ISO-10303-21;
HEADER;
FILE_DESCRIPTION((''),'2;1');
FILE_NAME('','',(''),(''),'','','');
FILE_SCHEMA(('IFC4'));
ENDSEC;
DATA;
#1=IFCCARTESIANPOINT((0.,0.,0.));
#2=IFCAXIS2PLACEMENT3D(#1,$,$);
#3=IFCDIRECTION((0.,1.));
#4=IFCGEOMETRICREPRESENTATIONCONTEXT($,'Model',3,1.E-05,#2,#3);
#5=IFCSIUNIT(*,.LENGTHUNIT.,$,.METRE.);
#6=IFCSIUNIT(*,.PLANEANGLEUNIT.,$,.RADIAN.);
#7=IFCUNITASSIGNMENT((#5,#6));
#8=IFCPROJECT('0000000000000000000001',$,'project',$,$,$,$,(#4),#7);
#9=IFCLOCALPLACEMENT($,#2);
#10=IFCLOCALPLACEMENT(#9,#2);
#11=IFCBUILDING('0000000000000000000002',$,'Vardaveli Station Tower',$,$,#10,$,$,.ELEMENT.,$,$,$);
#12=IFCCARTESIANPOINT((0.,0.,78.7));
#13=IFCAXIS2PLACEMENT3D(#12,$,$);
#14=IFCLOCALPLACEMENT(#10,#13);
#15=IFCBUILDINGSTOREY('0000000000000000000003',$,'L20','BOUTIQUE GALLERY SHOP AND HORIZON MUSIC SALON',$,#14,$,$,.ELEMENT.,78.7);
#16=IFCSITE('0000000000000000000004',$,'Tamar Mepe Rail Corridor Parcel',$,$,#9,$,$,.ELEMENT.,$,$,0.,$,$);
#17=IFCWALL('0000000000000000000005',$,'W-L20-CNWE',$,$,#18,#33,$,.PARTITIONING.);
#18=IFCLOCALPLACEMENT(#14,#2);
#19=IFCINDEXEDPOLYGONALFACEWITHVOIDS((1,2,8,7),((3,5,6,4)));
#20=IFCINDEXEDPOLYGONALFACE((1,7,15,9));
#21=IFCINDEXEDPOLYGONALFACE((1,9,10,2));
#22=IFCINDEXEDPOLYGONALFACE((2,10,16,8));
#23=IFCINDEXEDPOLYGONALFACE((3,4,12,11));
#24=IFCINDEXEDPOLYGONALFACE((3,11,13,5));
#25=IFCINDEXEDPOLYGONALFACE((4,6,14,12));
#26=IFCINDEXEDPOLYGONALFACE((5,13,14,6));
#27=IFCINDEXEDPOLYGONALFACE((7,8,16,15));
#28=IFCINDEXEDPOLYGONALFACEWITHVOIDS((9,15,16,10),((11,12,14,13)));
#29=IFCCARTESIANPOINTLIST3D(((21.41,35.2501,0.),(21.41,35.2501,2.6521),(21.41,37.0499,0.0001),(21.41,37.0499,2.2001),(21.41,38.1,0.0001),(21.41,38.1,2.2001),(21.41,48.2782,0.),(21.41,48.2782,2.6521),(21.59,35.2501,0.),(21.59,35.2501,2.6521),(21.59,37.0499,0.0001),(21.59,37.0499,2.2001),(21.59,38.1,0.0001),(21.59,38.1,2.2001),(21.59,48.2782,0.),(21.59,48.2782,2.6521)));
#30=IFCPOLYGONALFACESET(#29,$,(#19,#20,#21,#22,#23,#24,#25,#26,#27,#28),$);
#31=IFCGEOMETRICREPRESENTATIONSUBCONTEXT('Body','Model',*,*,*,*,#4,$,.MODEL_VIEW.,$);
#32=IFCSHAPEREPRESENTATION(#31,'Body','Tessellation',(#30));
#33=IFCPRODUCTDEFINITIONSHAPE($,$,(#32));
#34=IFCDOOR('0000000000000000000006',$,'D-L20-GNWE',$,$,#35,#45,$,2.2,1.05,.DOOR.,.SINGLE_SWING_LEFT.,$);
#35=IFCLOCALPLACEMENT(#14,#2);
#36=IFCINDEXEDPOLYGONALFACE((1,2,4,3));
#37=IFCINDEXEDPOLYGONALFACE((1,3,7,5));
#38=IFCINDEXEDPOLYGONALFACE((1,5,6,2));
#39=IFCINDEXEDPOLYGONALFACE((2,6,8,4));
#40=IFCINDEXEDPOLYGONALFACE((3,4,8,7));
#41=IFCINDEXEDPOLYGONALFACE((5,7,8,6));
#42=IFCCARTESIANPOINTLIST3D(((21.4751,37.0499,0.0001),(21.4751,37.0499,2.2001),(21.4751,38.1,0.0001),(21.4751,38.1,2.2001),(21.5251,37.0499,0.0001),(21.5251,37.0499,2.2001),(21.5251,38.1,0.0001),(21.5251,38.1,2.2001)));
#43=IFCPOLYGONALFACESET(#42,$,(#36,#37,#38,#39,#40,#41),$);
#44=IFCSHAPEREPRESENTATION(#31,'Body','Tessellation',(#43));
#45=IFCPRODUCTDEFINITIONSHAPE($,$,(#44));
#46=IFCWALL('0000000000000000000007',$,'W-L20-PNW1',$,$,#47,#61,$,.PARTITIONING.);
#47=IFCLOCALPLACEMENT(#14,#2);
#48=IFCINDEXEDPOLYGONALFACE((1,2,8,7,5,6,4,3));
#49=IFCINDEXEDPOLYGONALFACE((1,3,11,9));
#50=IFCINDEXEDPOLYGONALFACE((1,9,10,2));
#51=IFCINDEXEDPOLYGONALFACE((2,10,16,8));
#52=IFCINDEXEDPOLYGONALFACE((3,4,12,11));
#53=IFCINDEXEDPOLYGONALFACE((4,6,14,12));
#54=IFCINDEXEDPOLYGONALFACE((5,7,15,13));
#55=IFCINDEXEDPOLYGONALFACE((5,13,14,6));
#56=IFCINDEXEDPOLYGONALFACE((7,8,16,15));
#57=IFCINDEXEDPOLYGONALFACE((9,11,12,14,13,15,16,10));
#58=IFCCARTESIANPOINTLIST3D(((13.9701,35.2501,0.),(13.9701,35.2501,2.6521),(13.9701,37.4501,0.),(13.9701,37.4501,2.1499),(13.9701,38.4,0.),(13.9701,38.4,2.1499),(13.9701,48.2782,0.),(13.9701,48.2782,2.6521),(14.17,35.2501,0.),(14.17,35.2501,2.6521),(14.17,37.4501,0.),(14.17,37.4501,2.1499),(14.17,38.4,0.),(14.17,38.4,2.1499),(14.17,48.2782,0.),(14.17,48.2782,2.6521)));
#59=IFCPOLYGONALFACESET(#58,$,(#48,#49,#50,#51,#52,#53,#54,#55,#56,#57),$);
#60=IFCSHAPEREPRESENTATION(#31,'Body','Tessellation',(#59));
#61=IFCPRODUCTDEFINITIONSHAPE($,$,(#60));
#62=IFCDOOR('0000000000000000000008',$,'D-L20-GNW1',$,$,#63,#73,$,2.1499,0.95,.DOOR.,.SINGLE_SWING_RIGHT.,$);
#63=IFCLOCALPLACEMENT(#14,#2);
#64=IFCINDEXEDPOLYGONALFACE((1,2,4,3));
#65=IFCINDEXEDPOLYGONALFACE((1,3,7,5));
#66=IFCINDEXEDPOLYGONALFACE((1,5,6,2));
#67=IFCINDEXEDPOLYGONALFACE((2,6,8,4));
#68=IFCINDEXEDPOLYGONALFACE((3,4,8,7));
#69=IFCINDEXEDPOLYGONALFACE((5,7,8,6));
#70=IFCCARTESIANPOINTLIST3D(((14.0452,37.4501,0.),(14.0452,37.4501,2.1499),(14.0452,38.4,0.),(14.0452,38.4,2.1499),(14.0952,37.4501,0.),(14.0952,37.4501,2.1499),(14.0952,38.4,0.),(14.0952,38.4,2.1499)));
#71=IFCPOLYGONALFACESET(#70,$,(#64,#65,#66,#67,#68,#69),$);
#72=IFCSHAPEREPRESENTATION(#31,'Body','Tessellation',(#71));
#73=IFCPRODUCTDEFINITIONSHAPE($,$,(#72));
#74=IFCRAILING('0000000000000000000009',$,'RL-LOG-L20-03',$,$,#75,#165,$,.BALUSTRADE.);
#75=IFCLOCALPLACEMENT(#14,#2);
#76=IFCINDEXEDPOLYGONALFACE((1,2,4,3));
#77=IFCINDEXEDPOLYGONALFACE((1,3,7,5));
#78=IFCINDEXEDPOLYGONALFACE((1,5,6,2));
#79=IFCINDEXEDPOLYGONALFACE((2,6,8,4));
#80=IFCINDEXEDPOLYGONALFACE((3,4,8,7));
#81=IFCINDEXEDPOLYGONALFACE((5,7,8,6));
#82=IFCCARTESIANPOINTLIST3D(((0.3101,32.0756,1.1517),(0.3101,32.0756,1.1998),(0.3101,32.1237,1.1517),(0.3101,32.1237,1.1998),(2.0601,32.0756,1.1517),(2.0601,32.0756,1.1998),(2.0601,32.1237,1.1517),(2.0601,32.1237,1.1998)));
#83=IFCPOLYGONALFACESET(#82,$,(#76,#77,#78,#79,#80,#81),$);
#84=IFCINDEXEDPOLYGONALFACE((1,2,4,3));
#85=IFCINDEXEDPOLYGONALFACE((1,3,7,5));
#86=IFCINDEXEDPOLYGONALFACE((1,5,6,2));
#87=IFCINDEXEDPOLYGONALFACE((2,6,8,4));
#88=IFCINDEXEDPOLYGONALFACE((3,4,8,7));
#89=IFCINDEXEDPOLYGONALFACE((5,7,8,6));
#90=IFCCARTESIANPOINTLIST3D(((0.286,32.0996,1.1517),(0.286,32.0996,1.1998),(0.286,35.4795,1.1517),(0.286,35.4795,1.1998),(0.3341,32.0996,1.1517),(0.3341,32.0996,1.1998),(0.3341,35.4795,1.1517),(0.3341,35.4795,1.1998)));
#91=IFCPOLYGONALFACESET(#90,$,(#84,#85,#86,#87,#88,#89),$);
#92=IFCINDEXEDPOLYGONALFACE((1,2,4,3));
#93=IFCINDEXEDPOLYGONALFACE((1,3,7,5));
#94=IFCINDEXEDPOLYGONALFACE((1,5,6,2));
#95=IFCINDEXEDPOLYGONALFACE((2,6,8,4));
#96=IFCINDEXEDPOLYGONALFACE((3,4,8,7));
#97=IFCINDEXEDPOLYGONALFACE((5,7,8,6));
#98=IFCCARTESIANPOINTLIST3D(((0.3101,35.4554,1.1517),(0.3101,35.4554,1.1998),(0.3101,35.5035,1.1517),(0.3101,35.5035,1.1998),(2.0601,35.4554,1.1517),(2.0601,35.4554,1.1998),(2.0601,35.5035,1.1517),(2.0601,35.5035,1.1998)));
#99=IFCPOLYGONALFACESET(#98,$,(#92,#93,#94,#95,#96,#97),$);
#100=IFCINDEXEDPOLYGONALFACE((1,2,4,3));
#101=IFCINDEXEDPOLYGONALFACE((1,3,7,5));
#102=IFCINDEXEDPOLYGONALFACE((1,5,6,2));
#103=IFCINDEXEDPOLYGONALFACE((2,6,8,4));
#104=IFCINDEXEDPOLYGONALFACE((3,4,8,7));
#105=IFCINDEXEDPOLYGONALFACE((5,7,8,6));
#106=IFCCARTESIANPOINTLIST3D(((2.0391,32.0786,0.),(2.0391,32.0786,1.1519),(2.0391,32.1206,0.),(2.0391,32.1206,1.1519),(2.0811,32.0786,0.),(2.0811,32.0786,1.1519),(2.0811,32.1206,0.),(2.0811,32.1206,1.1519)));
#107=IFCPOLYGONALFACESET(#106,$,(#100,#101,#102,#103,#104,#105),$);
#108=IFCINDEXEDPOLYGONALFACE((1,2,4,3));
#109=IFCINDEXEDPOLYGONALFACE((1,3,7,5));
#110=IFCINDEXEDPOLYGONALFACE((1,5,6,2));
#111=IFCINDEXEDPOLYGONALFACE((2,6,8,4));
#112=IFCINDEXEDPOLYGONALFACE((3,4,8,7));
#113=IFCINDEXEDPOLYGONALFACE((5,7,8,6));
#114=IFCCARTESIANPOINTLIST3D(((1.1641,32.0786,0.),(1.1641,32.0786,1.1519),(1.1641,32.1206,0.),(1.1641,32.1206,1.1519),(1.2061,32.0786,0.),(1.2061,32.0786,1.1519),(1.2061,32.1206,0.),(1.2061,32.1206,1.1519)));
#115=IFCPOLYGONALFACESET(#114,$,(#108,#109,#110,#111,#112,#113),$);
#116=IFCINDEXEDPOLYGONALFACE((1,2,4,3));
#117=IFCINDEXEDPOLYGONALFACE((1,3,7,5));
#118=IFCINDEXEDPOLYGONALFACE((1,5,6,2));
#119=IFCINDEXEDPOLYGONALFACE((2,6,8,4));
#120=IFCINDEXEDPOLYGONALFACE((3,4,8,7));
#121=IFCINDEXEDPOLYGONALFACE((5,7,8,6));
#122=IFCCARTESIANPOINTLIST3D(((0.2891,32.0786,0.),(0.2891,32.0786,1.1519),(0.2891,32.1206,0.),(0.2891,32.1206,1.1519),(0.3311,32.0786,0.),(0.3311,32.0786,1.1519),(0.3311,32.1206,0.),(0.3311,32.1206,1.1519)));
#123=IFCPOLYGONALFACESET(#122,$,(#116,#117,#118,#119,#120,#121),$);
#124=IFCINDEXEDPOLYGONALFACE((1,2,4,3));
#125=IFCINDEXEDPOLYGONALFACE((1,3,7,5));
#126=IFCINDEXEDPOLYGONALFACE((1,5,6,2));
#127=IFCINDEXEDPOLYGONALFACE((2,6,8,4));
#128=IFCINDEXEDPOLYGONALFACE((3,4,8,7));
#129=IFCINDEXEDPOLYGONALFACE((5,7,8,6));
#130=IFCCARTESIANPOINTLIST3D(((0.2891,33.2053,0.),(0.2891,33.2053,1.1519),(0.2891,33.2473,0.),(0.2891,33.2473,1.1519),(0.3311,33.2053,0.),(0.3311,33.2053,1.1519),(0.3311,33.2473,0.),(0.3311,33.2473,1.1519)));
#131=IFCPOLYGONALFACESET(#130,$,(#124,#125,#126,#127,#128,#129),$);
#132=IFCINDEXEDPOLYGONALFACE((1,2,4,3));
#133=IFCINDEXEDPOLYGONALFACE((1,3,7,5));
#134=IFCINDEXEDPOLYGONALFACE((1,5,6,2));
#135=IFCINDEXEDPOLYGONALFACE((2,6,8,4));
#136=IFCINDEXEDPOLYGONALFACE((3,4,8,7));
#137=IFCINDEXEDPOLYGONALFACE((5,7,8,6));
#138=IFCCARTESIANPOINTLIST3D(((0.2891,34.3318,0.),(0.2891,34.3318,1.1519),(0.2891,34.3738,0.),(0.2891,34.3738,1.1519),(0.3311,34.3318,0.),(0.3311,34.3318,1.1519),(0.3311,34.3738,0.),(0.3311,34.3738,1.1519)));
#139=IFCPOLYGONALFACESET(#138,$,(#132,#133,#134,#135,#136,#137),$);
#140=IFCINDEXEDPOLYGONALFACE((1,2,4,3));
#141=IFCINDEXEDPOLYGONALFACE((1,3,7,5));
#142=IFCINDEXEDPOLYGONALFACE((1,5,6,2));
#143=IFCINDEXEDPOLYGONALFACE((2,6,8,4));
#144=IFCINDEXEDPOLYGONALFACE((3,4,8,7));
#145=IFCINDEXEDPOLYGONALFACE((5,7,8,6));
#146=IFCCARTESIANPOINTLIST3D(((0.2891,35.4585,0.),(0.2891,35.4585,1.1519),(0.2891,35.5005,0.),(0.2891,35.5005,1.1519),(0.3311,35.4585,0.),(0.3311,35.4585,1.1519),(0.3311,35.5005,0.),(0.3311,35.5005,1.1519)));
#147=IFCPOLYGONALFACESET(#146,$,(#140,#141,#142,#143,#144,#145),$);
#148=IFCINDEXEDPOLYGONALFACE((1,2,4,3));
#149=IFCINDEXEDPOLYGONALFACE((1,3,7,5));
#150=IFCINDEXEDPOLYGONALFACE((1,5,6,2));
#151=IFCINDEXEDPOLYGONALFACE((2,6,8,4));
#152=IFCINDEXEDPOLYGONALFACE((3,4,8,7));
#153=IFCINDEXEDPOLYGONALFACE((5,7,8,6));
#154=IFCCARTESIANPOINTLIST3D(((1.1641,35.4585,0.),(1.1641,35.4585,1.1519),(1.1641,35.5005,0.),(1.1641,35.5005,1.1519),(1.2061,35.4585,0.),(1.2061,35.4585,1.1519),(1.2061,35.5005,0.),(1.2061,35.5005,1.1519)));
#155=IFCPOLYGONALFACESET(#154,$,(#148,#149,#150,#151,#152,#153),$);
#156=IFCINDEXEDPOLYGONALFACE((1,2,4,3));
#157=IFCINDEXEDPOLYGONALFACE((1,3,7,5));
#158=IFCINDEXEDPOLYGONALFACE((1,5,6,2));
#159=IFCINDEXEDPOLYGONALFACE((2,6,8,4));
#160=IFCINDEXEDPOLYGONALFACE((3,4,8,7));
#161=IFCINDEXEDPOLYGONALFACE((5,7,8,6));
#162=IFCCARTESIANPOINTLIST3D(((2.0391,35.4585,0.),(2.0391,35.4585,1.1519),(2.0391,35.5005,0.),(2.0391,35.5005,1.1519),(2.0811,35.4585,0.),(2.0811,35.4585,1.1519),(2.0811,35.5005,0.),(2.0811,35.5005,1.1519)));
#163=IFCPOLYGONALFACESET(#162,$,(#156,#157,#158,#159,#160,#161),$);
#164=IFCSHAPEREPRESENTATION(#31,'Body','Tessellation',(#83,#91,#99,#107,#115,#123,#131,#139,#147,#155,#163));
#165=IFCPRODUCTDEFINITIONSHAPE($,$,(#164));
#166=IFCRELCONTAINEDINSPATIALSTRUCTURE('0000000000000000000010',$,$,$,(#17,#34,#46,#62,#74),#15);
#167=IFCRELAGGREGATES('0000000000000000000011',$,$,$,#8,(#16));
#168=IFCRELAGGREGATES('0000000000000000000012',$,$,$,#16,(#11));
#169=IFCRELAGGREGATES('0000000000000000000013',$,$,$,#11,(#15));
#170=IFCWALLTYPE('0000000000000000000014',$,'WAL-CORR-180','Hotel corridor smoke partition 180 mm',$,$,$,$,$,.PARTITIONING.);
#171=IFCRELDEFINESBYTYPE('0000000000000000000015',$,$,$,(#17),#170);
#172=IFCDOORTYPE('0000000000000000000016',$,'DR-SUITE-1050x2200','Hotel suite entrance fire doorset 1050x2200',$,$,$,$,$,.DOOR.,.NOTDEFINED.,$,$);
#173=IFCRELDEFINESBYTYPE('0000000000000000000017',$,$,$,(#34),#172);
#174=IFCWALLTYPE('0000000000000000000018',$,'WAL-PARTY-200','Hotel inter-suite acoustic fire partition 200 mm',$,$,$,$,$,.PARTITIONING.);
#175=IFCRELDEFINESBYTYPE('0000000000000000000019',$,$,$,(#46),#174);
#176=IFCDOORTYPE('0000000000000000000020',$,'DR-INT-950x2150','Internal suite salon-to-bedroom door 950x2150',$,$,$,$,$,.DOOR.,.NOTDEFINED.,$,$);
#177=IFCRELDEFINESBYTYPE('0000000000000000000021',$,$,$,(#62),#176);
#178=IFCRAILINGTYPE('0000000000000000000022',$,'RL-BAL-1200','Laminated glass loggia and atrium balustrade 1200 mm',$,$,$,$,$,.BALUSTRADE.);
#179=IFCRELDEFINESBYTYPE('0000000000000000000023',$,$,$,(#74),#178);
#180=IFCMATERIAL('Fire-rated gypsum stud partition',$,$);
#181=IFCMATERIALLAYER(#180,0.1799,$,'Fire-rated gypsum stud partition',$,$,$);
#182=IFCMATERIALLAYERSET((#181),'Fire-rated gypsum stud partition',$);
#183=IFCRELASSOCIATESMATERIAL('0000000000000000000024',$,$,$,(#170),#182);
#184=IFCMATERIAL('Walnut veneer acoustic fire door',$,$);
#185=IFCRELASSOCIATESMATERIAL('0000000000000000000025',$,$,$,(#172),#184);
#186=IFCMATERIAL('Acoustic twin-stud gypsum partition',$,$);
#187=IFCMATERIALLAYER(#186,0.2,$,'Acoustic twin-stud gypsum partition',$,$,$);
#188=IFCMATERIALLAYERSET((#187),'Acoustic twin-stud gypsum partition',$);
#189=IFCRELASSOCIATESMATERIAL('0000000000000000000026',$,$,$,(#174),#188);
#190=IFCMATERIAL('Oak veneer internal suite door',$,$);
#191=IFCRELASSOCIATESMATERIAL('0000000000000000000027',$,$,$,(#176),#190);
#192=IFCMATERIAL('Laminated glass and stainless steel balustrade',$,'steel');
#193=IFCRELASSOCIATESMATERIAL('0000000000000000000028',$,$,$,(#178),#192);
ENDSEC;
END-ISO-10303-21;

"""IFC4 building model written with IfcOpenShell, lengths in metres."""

from ifc_helpers import new_model, si_unit, direction, frame, frame_2d, origin, origin_2d, place, context, subcontext, project, spatial, rectangle, extrude, source, transform, mapped, material, layer, layer_set, type_object, element, fill, save


model = new_model("IFC4")

# Units and contexts
model_context = context("Model", 3, precision=1e-05, world=origin(), true_north=direction((0.0, 1.0)))
body_context = subcontext(model_context, "Body", "Model", "MODEL_VIEW")
ifc_project = project(units=[si_unit("LENGTHUNIT", "METRE"), si_unit("PLANEANGLEUNIT", "RADIAN")], contexts=[model_context])

# Site, building, storey
site_placement = place(None, origin())
site = spatial("IfcSite", under=ifc_project, at=site_placement, Name="Tamar Mepe Rail Corridor Parcel", CompositionType="ELEMENT", RefElevation=0.0)
building_placement = place(site_placement, origin())
building = spatial("IfcBuilding", under=site, at=building_placement, Name="Vardaveli Station Tower", CompositionType="ELEMENT")
storey_placement = place(building_placement, frame((0.0, 0.0, 78.7)))
storey = spatial("IfcBuildingStorey", under=building, at=storey_placement, Name="L20", Description="BOUTIQUE GALLERY SHOP AND HORIZON MUSIC SALON", CompositionType="ELEMENT", Elevation=78.7)

# Walls, openings, doors
ifc_material_1 = material(Name="Fire-rated gypsum stud partition")
ifc_layer_1 = layer(ifc_material_1, 0.1799, Name="Fire-rated gypsum stud partition")
ifc_layer_set_1 = layer_set([ifc_layer_1], Name="Fire-rated gypsum stud partition")
wall_type_1 = type_object("IfcWallType", Name="WAL-CORR-180", Description="Hotel corridor smoke partition 180 mm", PredefinedType="PARTITIONING", material=ifc_layer_set_1)
shared_shape_1 = source(origin(), body_context, "Body", "SweptSolid", [
    extrude(rectangle(XDim=1.05, YDim=2.2, at=frame_2d((0.5249, 1.1001))), frame((0.0, 0.1001, 0.0), z_axis=(0.0, -1.0, 0.0), x_axis=(1.0, 0.0, 0.0)), (0.0, 0.0, 1.0), 0.2),
])
ifc_material_2 = material(Name="Walnut veneer acoustic fire door")
door_type_1 = type_object("IfcDoorType", Name="DR-SUITE-1050x2200", Description="Hotel suite entrance fire doorset 1050x2200", OperationType="NOTDEFINED", PredefinedType="DOOR", material=ifc_material_2)
shared_shape_2 = source(origin(), body_context, "Body", "SweptSolid", [
    extrude(rectangle(XDim=1.05, YDim=2.2, at=frame_2d((0.5249, 1.1001))), frame((0.0, 0.0249, 0.0), z_axis=(0.0, -1.0, 0.0), x_axis=(1.0, 0.0, 0.0)), (0.0, 0.0, 1.0), 0.05),
])
shared_shape_3 = source(origin(), body_context, "Body", "SweptSolid", [
    extrude(rectangle(XDim=13.0281, YDim=0.1799, at=frame_2d((6.5142, 0.0))), origin(), (0.0, 0.0, 1.0), 2.6521),
])
wall_1_placement = place(storey_placement, frame((21.5, 35.25, 0.0), z_axis=(0.0, 0.0, 1.0), x_axis=(0.0, 1.0, 0.0)))
wall_1 = element("IfcWall", 1, at=wall_1_placement, inside=storey, type_object=wall_type_1, Name="W-L20-CNWE", PredefinedType="PARTITIONING", context=body_context, shape_type="MappedRepresentation", body=[
    mapped(shared_shape_3, transform((0.0, 0.0, 0.0), scale=1.0)),
])
opening_1_placement = place(wall_1_placement, frame((1.8, 0.0, 0.0)))
opening_1 = element("IfcOpeningElement", 2, at=opening_1_placement, cuts=wall_1, PredefinedType="OPENING", context=body_context, shape_type="MappedRepresentation", body=[
    mapped(shared_shape_1, transform((0.0, 0.0, 0.0), scale=1.0)),
])
door_1_placement = place(opening_1_placement, origin())
door_1 = element("IfcDoor", 3, at=door_1_placement, inside=storey, type_object=door_type_1, Name="D-L20-GNWE", OperationType="SINGLE_SWING_LEFT", OverallHeight=2.2, OverallWidth=1.05, PredefinedType="DOOR", context=body_context, shape_type="MappedRepresentation", body=[
    mapped(shared_shape_2, transform((0.0, 0.0, 0.0), scale=1.0)),
])
fill(opening_1, door_1)
ifc_material_3 = material(Name="Acoustic twin-stud gypsum partition")
ifc_layer_2 = layer(ifc_material_3, 0.2, Name="Acoustic twin-stud gypsum partition")
ifc_layer_set_2 = layer_set([ifc_layer_2], Name="Acoustic twin-stud gypsum partition")
wall_type_2 = type_object("IfcWallType", Name="WAL-PARTY-200", Description="Hotel inter-suite acoustic fire partition 200 mm", PredefinedType="PARTITIONING", material=ifc_layer_set_2)
shared_shape_4 = source(origin(), body_context, "Body", "SweptSolid", [
    extrude(rectangle(XDim=13.0281, YDim=0.2, at=frame_2d((6.5142, 0.0))), origin(), (0.0, 0.0, 1.0), 2.6521),
])
wall_2_placement = place(storey_placement, frame((14.0701, 35.25, 0.0), z_axis=(0.0, 0.0, 1.0), x_axis=(0.0, 1.0, 0.0)))
wall_2 = element("IfcWall", 4, at=wall_2_placement, inside=storey, type_object=wall_type_2, Name="W-L20-PNW1", PredefinedType="PARTITIONING", context=body_context, shape_type="MappedRepresentation", body=[
    mapped(shared_shape_4, transform((0.0, 0.0, 0.0), scale=1.0)),
])
shared_shape_5 = source(origin(), body_context, "Body", "SweptSolid", [
    extrude(rectangle(XDim=0.95, YDim=2.1499, at=frame_2d((0.4751, 1.075))), frame((0.0, 0.1099, 0.0), z_axis=(0.0, -1.0, 0.0), x_axis=(1.0, 0.0, 0.0)), (0.0, 0.0, 1.0), 0.22),
])
opening_2_placement = place(wall_2_placement, frame((2.2, 0.0, 0.0)))
opening_2 = element("IfcOpeningElement", 5, at=opening_2_placement, cuts=wall_2, PredefinedType="OPENING", context=body_context, shape_type="MappedRepresentation", body=[
    mapped(shared_shape_5, transform((0.0, 0.0, 0.0), scale=1.0)),
])
ifc_material_4 = material(Name="Oak veneer internal suite door")
door_type_2 = type_object("IfcDoorType", Name="DR-INT-950x2150", Description="Internal suite salon-to-bedroom door 950x2150", OperationType="NOTDEFINED", PredefinedType="DOOR", material=ifc_material_4)
shared_shape_6 = source(origin(), body_context, "Body", "SweptSolid", [
    extrude(rectangle(XDim=0.95, YDim=2.1499, at=frame_2d((0.4751, 1.075))), frame((0.0, 0.0249, 0.0), z_axis=(0.0, -1.0, 0.0), x_axis=(1.0, 0.0, 0.0)), (0.0, 0.0, 1.0), 0.05),
])
door_2_placement = place(opening_2_placement, origin())
door_2 = element("IfcDoor", 6, at=door_2_placement, inside=storey, type_object=door_type_2, Name="D-L20-GNW1", OperationType="SINGLE_SWING_RIGHT", OverallHeight=2.1499, OverallWidth=0.95, PredefinedType="DOOR", context=body_context, shape_type="MappedRepresentation", body=[
    mapped(shared_shape_6, transform((0.0, 0.0, 0.0), scale=1.0)),
])
fill(opening_2, door_2)

# Railing
ifc_material_5 = material(Name="Laminated glass and stainless steel balustrade", Category="steel")
railing_type = type_object("IfcRailingType", Name="RL-BAL-1200", Description="Laminated glass loggia and atrium balustrade 1200 mm", PredefinedType="BALUSTRADE", material=ifc_material_5)
shared_shape_7 = source(origin(), body_context, "Body", "SweptSolid", [
    extrude(rectangle(XDim=0.0481, YDim=0.0481, at=origin_2d()), frame((0.0, 0.0, 1.1758), z_axis=(-1.0, 0.0, 0.0), x_axis=(0.0, -1.0, 0.0)), (0.0, 0.0, 1.0), 1.75),
    extrude(rectangle(XDim=0.0481, YDim=0.0481, at=origin_2d()), frame((-1.75, 0.0, 1.1758), z_axis=(0.0, 1.0, 0.0), x_axis=(-1.0, 0.0, 0.0)), (0.0, 0.0, 1.0), 3.3799),
    extrude(rectangle(XDim=0.0481, YDim=0.0481, at=origin_2d()), frame((-1.75, 3.3799, 1.1758), z_axis=(1.0, 0.0, 0.0), x_axis=(0.0, 1.0, 0.0)), (0.0, 0.0, 1.0), 1.75),
    extrude(rectangle(XDim=0.042, YDim=0.042, at=origin_2d()), origin(), (0.0, 0.0, 1.0), 1.1519),
    extrude(rectangle(XDim=0.042, YDim=0.042, at=origin_2d()), frame((-0.875, 0.0, 0.0)), (0.0, 0.0, 1.0), 1.1519),
    extrude(rectangle(XDim=0.042, YDim=0.042, at=origin_2d()), frame((-1.75, 0.0, 0.0)), (0.0, 0.0, 1.0), 1.1519),
    extrude(rectangle(XDim=0.042, YDim=0.042, at=origin_2d()), frame((-1.75, 1.1267, 0.0)), (0.0, 0.0, 1.0), 1.1519),
    extrude(rectangle(XDim=0.042, YDim=0.042, at=origin_2d()), frame((-1.75, 2.2532, 0.0)), (0.0, 0.0, 1.0), 1.1519),
    extrude(rectangle(XDim=0.042, YDim=0.042, at=origin_2d()), frame((-1.75, 3.3799, 0.0)), (0.0, 0.0, 1.0), 1.1519),
    extrude(rectangle(XDim=0.042, YDim=0.042, at=origin_2d()), frame((-0.875, 3.3799, 0.0)), (0.0, 0.0, 1.0), 1.1519),
    extrude(rectangle(XDim=0.042, YDim=0.042, at=origin_2d()), frame((0.0, 3.3799, 0.0)), (0.0, 0.0, 1.0), 1.1519),
])
railing_placement = place(storey_placement, frame((2.0601, 32.0996, 0.0)))
element("IfcRailing", 7, at=railing_placement, inside=storey, type_object=railing_type, Name="RL-LOG-L20-03", PredefinedType="BALUSTRADE", context=body_context, shape_type="MappedRepresentation", body=[
    mapped(shared_shape_7, transform((0.0, 0.0, 0.0), scale=1.0)),
])

save(model, "model.ifc")
